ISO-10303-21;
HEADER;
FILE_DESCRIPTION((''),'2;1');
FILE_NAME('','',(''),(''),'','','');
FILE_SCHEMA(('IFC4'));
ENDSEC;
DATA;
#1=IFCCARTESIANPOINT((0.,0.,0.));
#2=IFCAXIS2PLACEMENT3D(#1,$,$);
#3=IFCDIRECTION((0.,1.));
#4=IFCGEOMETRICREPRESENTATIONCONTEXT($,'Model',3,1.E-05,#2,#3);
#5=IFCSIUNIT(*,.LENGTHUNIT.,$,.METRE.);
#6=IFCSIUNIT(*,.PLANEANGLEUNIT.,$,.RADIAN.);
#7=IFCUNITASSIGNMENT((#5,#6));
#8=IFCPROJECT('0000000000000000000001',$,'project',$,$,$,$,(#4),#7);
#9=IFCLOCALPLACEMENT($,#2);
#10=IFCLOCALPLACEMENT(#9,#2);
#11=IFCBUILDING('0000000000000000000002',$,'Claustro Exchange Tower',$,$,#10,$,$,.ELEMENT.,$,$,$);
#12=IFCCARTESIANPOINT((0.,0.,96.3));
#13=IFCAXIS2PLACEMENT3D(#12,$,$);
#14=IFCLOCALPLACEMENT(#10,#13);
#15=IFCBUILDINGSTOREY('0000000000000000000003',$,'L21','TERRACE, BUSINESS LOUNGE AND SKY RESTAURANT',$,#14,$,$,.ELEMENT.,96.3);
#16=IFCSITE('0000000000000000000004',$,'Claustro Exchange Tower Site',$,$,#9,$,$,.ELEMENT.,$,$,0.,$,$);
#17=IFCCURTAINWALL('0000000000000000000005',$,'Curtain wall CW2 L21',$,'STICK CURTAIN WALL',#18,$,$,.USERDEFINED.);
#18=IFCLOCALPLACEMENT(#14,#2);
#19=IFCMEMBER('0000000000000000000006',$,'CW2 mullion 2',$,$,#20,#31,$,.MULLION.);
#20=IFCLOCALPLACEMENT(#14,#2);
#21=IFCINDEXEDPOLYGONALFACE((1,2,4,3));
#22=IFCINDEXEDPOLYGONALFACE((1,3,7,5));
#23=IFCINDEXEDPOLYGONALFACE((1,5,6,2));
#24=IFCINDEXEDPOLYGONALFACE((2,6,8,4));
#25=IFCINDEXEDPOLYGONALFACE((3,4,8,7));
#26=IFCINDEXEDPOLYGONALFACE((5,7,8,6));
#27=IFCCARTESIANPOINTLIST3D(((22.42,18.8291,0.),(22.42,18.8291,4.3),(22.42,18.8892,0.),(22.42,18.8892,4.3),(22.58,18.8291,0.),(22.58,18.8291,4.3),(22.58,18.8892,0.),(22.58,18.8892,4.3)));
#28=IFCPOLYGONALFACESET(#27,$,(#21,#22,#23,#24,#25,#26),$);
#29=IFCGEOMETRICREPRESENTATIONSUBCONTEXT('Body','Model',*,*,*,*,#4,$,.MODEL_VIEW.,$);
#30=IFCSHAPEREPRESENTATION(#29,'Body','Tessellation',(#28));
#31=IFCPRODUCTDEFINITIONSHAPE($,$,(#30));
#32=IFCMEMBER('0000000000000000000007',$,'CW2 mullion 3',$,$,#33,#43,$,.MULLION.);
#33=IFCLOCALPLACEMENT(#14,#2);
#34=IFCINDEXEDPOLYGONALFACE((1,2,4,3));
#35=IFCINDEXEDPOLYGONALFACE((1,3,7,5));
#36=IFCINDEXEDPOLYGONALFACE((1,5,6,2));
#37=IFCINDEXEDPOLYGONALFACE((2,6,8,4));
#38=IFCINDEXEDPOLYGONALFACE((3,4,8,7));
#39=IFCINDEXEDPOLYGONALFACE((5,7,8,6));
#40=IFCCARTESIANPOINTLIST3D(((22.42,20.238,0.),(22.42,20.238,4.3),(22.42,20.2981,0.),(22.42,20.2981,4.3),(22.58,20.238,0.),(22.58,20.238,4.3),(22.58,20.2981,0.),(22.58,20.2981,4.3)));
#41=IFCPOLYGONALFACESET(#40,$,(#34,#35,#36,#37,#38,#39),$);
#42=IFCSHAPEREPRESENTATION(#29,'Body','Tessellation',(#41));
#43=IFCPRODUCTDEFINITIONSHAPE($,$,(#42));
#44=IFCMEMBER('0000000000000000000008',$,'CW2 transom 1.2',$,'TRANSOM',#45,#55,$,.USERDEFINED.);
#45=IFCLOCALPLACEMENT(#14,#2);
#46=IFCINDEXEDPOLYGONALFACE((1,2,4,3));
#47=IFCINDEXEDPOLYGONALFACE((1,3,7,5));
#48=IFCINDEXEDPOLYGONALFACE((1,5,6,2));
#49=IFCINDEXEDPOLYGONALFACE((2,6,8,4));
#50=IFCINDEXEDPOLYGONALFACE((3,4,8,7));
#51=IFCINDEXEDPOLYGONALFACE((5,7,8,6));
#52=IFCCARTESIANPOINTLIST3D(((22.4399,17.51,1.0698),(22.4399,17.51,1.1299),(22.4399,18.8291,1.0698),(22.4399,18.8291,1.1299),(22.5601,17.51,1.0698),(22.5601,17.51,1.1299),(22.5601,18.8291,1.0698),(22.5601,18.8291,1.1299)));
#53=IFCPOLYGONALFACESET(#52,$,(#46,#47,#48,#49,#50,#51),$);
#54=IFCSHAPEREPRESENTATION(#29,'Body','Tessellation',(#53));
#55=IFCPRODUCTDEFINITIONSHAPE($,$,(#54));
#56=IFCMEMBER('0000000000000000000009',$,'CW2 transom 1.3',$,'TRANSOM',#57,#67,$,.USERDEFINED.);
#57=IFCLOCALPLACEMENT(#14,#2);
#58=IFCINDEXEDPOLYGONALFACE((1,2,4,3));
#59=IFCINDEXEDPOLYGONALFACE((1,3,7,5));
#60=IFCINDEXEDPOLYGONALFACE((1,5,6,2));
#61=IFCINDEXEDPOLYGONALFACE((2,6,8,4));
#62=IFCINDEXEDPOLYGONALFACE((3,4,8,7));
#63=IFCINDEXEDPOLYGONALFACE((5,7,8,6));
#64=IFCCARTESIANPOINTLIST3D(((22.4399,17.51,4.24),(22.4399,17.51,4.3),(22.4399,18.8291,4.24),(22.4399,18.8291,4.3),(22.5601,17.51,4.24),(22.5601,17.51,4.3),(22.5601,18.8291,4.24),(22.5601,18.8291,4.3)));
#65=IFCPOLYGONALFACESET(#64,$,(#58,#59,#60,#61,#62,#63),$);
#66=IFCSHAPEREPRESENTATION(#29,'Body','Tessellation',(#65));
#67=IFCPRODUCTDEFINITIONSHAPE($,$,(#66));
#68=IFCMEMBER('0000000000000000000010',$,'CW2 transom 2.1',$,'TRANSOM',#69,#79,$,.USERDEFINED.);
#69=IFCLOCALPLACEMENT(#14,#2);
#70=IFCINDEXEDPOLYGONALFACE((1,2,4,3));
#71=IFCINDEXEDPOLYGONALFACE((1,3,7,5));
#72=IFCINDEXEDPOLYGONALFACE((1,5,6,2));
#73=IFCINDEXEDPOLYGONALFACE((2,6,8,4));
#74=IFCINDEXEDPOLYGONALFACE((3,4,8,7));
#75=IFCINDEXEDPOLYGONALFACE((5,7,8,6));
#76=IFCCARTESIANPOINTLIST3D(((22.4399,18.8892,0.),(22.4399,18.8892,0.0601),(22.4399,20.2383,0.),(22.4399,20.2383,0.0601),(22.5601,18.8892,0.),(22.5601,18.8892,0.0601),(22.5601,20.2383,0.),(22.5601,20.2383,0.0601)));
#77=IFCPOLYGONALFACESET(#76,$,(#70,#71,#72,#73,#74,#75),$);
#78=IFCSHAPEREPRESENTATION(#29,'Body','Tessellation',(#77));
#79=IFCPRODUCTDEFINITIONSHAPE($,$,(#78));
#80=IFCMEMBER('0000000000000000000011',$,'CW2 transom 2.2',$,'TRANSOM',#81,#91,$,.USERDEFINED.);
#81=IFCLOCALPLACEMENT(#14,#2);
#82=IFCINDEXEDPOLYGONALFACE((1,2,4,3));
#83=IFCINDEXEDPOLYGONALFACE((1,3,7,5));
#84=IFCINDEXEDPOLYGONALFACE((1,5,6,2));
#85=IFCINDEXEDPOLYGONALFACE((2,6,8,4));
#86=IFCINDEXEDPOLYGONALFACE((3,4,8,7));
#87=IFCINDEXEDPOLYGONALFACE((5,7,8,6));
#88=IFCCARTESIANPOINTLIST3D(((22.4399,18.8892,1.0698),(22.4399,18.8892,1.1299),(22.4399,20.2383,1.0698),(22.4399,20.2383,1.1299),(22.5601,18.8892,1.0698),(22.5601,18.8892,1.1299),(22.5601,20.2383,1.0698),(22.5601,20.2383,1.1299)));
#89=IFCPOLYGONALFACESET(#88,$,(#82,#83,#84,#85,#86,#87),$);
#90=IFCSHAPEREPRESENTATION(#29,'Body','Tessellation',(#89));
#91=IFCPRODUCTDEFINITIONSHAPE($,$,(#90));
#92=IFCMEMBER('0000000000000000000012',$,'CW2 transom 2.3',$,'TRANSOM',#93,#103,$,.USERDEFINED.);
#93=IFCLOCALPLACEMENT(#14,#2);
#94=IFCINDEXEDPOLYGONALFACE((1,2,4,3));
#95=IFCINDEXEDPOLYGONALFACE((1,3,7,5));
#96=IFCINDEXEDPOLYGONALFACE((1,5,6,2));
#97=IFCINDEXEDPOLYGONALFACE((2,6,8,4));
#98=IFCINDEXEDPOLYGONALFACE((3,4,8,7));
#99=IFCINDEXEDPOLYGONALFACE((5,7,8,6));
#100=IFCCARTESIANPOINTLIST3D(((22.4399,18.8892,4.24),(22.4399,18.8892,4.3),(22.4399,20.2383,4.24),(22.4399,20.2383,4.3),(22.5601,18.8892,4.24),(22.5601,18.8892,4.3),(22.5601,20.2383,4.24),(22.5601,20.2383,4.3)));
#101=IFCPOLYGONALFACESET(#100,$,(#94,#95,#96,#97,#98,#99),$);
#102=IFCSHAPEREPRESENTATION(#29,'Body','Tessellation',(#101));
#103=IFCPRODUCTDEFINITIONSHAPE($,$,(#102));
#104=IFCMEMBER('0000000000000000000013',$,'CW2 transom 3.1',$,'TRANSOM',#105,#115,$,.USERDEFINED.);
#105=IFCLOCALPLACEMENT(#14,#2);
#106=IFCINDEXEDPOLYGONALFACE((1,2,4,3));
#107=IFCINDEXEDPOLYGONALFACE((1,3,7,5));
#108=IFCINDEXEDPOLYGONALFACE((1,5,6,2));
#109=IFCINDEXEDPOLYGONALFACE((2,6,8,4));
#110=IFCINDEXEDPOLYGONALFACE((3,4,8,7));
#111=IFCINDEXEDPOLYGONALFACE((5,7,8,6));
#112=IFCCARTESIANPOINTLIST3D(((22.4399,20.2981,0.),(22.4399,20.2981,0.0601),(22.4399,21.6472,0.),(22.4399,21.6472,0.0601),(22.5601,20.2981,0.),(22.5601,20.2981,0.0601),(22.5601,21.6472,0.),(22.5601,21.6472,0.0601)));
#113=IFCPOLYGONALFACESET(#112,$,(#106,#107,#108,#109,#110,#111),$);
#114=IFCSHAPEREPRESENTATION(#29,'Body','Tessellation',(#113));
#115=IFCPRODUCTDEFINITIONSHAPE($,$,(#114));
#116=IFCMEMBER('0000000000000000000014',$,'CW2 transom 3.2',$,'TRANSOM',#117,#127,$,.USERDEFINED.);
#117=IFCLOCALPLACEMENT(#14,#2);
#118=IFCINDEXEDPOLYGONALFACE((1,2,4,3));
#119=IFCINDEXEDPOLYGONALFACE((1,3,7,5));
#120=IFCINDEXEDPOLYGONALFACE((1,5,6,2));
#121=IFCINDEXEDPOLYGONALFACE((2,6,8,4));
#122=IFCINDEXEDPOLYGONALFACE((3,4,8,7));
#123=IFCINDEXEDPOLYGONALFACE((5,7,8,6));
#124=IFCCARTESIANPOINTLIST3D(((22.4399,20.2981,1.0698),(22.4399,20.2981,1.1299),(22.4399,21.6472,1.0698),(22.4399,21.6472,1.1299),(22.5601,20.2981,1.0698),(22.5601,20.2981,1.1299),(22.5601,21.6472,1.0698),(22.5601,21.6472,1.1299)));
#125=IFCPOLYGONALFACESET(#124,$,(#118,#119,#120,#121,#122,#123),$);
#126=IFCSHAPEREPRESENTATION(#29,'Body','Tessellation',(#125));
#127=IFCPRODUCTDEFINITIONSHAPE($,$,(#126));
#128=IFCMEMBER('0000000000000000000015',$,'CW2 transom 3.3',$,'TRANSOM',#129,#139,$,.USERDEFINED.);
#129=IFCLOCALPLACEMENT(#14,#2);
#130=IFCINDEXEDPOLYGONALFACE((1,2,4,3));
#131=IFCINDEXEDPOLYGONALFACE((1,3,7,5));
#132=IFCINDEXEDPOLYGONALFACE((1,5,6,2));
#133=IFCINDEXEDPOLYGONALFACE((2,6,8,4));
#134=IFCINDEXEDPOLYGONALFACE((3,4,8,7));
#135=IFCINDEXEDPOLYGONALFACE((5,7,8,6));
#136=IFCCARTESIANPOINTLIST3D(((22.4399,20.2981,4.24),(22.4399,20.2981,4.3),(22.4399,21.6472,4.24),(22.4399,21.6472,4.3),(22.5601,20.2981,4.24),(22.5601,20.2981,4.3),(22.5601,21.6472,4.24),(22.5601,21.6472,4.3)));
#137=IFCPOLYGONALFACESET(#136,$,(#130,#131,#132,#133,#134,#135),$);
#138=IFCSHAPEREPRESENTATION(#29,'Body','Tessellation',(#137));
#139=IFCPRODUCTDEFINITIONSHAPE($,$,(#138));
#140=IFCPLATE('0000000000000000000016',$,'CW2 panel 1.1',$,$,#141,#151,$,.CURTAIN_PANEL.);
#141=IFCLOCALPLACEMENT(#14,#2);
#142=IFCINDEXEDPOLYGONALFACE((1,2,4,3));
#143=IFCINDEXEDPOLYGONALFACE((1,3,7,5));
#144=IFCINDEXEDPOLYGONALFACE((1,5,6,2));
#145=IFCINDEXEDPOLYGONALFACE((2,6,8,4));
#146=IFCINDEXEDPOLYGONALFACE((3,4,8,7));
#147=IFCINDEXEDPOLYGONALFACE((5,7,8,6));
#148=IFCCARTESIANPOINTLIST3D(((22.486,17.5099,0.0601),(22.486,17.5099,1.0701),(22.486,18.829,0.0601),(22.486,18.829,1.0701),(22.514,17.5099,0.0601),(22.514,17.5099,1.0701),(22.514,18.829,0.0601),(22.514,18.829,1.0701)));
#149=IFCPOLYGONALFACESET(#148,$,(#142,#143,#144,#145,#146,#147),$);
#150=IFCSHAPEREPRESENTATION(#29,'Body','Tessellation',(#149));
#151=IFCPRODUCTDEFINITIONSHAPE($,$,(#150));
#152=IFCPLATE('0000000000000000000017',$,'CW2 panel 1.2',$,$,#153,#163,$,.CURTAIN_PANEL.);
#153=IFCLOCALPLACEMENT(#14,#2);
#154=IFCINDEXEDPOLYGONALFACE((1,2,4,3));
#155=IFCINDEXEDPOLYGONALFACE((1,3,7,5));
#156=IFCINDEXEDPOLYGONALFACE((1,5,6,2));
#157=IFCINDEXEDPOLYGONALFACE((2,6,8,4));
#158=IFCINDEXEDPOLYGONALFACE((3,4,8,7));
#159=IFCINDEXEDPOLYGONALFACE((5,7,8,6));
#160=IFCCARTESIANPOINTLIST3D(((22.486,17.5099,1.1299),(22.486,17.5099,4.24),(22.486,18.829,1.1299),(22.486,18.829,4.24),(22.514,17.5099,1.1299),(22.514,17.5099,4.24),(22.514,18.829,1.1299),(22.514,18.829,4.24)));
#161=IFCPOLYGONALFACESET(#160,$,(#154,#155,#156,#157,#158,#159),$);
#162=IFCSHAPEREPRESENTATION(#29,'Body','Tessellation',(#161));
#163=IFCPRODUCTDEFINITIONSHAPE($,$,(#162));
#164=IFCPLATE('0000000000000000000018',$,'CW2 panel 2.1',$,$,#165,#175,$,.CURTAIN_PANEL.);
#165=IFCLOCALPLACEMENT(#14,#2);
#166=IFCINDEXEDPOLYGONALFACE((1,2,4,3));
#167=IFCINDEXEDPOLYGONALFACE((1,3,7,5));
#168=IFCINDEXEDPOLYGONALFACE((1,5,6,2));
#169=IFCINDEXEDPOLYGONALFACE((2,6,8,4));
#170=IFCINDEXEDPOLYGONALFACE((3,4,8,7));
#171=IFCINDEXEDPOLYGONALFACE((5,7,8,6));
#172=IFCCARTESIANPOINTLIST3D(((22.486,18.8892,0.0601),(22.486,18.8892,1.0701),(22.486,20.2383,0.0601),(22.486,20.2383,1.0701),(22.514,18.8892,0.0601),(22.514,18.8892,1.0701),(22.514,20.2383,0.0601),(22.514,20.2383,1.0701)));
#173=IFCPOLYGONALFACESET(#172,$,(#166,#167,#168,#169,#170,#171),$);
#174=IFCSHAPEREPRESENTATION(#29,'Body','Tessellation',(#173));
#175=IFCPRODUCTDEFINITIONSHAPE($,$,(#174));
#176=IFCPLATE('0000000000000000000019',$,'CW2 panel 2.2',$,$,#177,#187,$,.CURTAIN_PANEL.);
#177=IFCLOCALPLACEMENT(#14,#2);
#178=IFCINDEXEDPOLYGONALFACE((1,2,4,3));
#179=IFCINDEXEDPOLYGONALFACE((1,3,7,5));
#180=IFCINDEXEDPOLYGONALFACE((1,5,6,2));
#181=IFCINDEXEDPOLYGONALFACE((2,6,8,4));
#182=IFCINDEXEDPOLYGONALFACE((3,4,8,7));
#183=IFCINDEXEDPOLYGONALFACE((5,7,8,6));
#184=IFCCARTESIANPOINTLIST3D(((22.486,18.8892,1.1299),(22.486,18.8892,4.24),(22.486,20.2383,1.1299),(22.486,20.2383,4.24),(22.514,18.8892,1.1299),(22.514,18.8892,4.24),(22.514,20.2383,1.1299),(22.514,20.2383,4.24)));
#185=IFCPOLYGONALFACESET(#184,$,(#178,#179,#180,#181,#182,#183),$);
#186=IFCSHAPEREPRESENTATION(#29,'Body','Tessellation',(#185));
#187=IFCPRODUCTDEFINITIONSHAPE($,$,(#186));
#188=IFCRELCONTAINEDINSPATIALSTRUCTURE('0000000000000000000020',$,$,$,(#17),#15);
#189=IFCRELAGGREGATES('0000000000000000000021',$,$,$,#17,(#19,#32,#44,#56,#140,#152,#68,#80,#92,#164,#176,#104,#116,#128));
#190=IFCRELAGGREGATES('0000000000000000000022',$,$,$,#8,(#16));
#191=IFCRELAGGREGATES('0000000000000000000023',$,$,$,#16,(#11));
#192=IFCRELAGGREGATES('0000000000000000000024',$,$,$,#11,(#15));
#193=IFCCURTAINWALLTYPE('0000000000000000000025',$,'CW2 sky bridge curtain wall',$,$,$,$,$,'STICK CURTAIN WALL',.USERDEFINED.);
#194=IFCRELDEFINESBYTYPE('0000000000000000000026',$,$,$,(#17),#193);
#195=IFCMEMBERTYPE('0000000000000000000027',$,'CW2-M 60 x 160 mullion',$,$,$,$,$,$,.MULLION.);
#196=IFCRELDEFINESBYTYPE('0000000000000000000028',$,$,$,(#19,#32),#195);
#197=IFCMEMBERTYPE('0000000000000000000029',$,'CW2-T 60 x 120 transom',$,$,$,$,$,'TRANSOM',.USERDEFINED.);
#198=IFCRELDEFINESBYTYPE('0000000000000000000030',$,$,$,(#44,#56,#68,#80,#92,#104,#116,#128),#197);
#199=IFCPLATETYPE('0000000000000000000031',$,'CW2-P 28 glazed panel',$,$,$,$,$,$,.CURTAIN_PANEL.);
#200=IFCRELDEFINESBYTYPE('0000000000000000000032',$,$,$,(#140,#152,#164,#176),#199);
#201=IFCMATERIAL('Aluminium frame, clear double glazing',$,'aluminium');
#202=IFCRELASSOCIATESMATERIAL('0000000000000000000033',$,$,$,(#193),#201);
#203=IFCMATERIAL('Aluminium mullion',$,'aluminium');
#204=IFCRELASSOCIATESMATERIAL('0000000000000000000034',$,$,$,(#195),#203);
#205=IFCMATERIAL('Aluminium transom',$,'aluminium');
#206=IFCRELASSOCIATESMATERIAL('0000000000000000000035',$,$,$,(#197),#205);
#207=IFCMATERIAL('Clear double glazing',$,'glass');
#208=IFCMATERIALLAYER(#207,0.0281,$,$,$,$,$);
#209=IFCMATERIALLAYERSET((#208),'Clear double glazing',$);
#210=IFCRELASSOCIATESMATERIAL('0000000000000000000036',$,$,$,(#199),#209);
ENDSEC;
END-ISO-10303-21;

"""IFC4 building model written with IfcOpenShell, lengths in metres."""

from ifc_helpers import new_model, si_unit, direction, frame, origin, origin_2d, place, context, subcontext, project, spatial, rectangle, extrude, material, layer, layer_set, material_profile, profile_set, type_object, element, aggregate, save


model = new_model("IFC4")

# Units and contexts
model_context = context("Model", 3, precision=1e-05, world=origin(), true_north=direction((0.0, 1.0)))
body_context = subcontext(model_context, "Body", "Model", "MODEL_VIEW")
ifc_project = project(units=[si_unit("LENGTHUNIT", "METRE"), si_unit("PLANEANGLEUNIT", "RADIAN")], contexts=[model_context])

# Site, building, storey
site_placement = place(None, origin())
site = spatial("IfcSite", under=ifc_project, at=site_placement, Name="Claustro Exchange Tower Site", CompositionType="ELEMENT", RefElevation=0.0)
building_placement = place(site_placement, origin())
building = spatial("IfcBuilding", under=site, at=building_placement, Name="Claustro Exchange Tower", CompositionType="ELEMENT")
storey_placement = place(building_placement, frame((0.0, 0.0, 96.3)))
storey = spatial("IfcBuildingStorey", under=building, at=storey_placement, Name="L21", Description="TERRACE, BUSINESS LOUNGE AND SKY RESTAURANT", CompositionType="ELEMENT", Elevation=96.3)

# Curtain wall, members, plates
ifc_material_1 = material(Name="Aluminium frame, clear double glazing", Category="aluminium")
curtain_wall_type = type_object("IfcCurtainWallType", Name="CW2 sky bridge curtain wall", ElementType="STICK CURTAIN WALL", PredefinedType="USERDEFINED", material=ifc_material_1)
curtain_wall_placement = place(storey_placement, origin())
curtain_wall = element("IfcCurtainWall", 1, at=curtain_wall_placement, inside=storey, type_object=curtain_wall_type, Name="Curtain wall CW2 L21", ObjectType="STICK CURTAIN WALL", PredefinedType="USERDEFINED")
ifc_material_2 = material(Name="Aluminium mullion", Category="aluminium")
ifc_material_profile_1 = material_profile(ifc_material_2, rectangle(XDim=0.1599, YDim=0.0601, at=origin_2d()), Name="CW2-M 60x160")
ifc_profile_set_1 = profile_set([ifc_material_profile_1], Name="Aluminium mullion")
member_type_1 = type_object("IfcMemberType", Name="CW2-M 60 x 160 mullion", PredefinedType="MULLION", material=ifc_profile_set_1)
member_1_placement = place(storey_placement, frame((22.5, 18.8591, 0.0), z_axis=(0.0, 0.0, 1.0), x_axis=(-1.0, 0.0, 0.0)))
member_1 = element("IfcMember", 2, at=member_1_placement, type_object=member_type_1, Name="CW2 mullion 2", PredefinedType="MULLION", context=body_context, shape_type="SweptSolid", body=[
    extrude(rectangle(XDim=0.1599, YDim=0.0601, at=origin_2d()), origin(), (0.0, 0.0, 1.0), 4.3),
])
member_2_placement = place(storey_placement, frame((22.5, 20.2681, 0.0), z_axis=(0.0, 0.0, 1.0), x_axis=(-1.0, 0.0, 0.0)))
member_2 = element("IfcMember", 3, at=member_2_placement, type_object=member_type_1, Name="CW2 mullion 3", PredefinedType="MULLION", context=body_context, shape_type="SweptSolid", body=[
    extrude(rectangle(XDim=0.1599, YDim=0.0601, at=origin_2d()), origin(), (0.0, 0.0, 1.0), 4.3),
])
ifc_material_3 = material(Name="Aluminium transom", Category="aluminium")
ifc_material_profile_2 = material_profile(ifc_material_3, rectangle(XDim=0.1201, YDim=0.0601, at=origin_2d()), Name="CW2-T 60x120")
ifc_profile_set_2 = profile_set([ifc_material_profile_2], Name="Aluminium transom")
member_type_2 = type_object("IfcMemberType", Name="CW2-T 60 x 120 transom", ElementType="TRANSOM", PredefinedType="USERDEFINED", material=ifc_profile_set_2)
member_3_placement = place(storey_placement, frame((22.5, 17.51, 1.0999), z_axis=(0.0, 1.0, 0.0), x_axis=(-1.0, 0.0, 0.0)))
member_3 = element("IfcMember", 4, at=member_3_placement, type_object=member_type_2, Name="CW2 transom 1.2", ObjectType="TRANSOM", PredefinedType="USERDEFINED", context=body_context, shape_type="SweptSolid", body=[
    extrude(rectangle(XDim=0.1201, YDim=0.0601, at=origin_2d()), origin(), (0.0, 0.0, 1.0), 1.3191),
])
member_4_placement = place(storey_placement, frame((22.5, 17.51, 4.27), z_axis=(0.0, 1.0, 0.0), x_axis=(-1.0, 0.0, 0.0)))
member_4 = element("IfcMember", 5, at=member_4_placement, type_object=member_type_2, Name="CW2 transom 1.3", ObjectType="TRANSOM", PredefinedType="USERDEFINED", context=body_context, shape_type="SweptSolid", body=[
    extrude(rectangle(XDim=0.1201, YDim=0.0601, at=origin_2d()), origin(), (0.0, 0.0, 1.0), 1.3191),
])
member_5_placement = place(storey_placement, frame((22.5, 18.8892, 0.03), z_axis=(0.0, 1.0, 0.0), x_axis=(-1.0, 0.0, 0.0)))
member_5 = element("IfcMember", 6, at=member_5_placement, type_object=member_type_2, Name="CW2 transom 2.1", ObjectType="TRANSOM", PredefinedType="USERDEFINED", context=body_context, shape_type="SweptSolid", body=[
    extrude(rectangle(XDim=0.1201, YDim=0.0601, at=origin_2d()), origin(), (0.0, 0.0, 1.0), 1.3491),
])
member_6_placement = place(storey_placement, frame((22.5, 18.8892, 1.0999), z_axis=(0.0, 1.0, 0.0), x_axis=(-1.0, 0.0, 0.0)))
member_6 = element("IfcMember", 7, at=member_6_placement, type_object=member_type_2, Name="CW2 transom 2.2", ObjectType="TRANSOM", PredefinedType="USERDEFINED", context=body_context, shape_type="SweptSolid", body=[
    extrude(rectangle(XDim=0.1201, YDim=0.0601, at=origin_2d()), origin(), (0.0, 0.0, 1.0), 1.3491),
])
member_7_placement = place(storey_placement, frame((22.5, 18.8892, 4.27), z_axis=(0.0, 1.0, 0.0), x_axis=(-1.0, 0.0, 0.0)))
member_7 = element("IfcMember", 8, at=member_7_placement, type_object=member_type_2, Name="CW2 transom 2.3", ObjectType="TRANSOM", PredefinedType="USERDEFINED", context=body_context, shape_type="SweptSolid", body=[
    extrude(rectangle(XDim=0.1201, YDim=0.0601, at=origin_2d()), origin(), (0.0, 0.0, 1.0), 1.3491),
])
member_8_placement = place(storey_placement, frame((22.5, 20.2981, 0.03), z_axis=(0.0, 1.0, 0.0), x_axis=(-1.0, 0.0, 0.0)))
member_8 = element("IfcMember", 9, at=member_8_placement, type_object=member_type_2, Name="CW2 transom 3.1", ObjectType="TRANSOM", PredefinedType="USERDEFINED", context=body_context, shape_type="SweptSolid", body=[
    extrude(rectangle(XDim=0.1201, YDim=0.0601, at=origin_2d()), origin(), (0.0, 0.0, 1.0), 1.3491),
])
member_9_placement = place(storey_placement, frame((22.5, 20.2981, 1.0999), z_axis=(0.0, 1.0, 0.0), x_axis=(-1.0, 0.0, 0.0)))
member_9 = element("IfcMember", 10, at=member_9_placement, type_object=member_type_2, Name="CW2 transom 3.2", ObjectType="TRANSOM", PredefinedType="USERDEFINED", context=body_context, shape_type="SweptSolid", body=[
    extrude(rectangle(XDim=0.1201, YDim=0.0601, at=origin_2d()), origin(), (0.0, 0.0, 1.0), 1.3491),
])
member_10_placement = place(storey_placement, frame((22.5, 20.2981, 4.27), z_axis=(0.0, 1.0, 0.0), x_axis=(-1.0, 0.0, 0.0)))
member_10 = element("IfcMember", 11, at=member_10_placement, type_object=member_type_2, Name="CW2 transom 3.3", ObjectType="TRANSOM", PredefinedType="USERDEFINED", context=body_context, shape_type="SweptSolid", body=[
    extrude(rectangle(XDim=0.1201, YDim=0.0601, at=origin_2d()), origin(), (0.0, 0.0, 1.0), 1.3491),
])
ifc_material_4 = material(Name="Clear double glazing", Category="glass")
ifc_layer = layer(ifc_material_4, 0.0281)
ifc_layer_set = layer_set([ifc_layer], Name="Clear double glazing")
plate_type = type_object("IfcPlateType", Name="CW2-P 28 glazed panel", PredefinedType="CURTAIN_PANEL", material=ifc_layer_set)
plate_1_placement = place(storey_placement, frame((22.5, 18.1694, 0.0601), z_axis=(0.0, 0.0, 1.0), x_axis=(0.0, 1.0, 0.0)))
plate_1 = element("IfcPlate", 12, at=plate_1_placement, type_object=plate_type, Name="CW2 panel 1.1", PredefinedType="CURTAIN_PANEL", context=body_context, shape_type="SweptSolid", body=[
    extrude(rectangle(XDim=1.3191, YDim=0.0281, at=origin_2d()), origin(), (0.0, 0.0, 1.0), 1.01),
])
plate_2_placement = place(storey_placement, frame((22.5, 18.1694, 1.1299), z_axis=(0.0, 0.0, 1.0), x_axis=(0.0, 1.0, 0.0)))
plate_2 = element("IfcPlate", 13, at=plate_2_placement, type_object=plate_type, Name="CW2 panel 1.2", PredefinedType="CURTAIN_PANEL", context=body_context, shape_type="SweptSolid", body=[
    extrude(rectangle(XDim=1.3191, YDim=0.0281, at=origin_2d()), origin(), (0.0, 0.0, 1.0), 3.1101),
])
plate_3_placement = place(storey_placement, frame((22.5, 19.5637, 0.0601), z_axis=(0.0, 0.0, 1.0), x_axis=(0.0, 1.0, 0.0)))
plate_3 = element("IfcPlate", 14, at=plate_3_placement, type_object=plate_type, Name="CW2 panel 2.1", PredefinedType="CURTAIN_PANEL", context=body_context, shape_type="SweptSolid", body=[
    extrude(rectangle(XDim=1.3491, YDim=0.0281, at=origin_2d()), origin(), (0.0, 0.0, 1.0), 1.01),
])
plate_4_placement = place(storey_placement, frame((22.5, 19.5637, 1.1299), z_axis=(0.0, 0.0, 1.0), x_axis=(0.0, 1.0, 0.0)))
plate_4 = element("IfcPlate", 15, at=plate_4_placement, type_object=plate_type, Name="CW2 panel 2.2", PredefinedType="CURTAIN_PANEL", context=body_context, shape_type="SweptSolid", body=[
    extrude(rectangle(XDim=1.3491, YDim=0.0281, at=origin_2d()), origin(), (0.0, 0.0, 1.0), 3.1101),
])
aggregate(curtain_wall, [member_1, member_2, member_3, member_4, plate_1, plate_2, member_5, member_6, member_7, plate_3, plate_4, member_8, member_9, member_10])

save(model, "model.ifc")
